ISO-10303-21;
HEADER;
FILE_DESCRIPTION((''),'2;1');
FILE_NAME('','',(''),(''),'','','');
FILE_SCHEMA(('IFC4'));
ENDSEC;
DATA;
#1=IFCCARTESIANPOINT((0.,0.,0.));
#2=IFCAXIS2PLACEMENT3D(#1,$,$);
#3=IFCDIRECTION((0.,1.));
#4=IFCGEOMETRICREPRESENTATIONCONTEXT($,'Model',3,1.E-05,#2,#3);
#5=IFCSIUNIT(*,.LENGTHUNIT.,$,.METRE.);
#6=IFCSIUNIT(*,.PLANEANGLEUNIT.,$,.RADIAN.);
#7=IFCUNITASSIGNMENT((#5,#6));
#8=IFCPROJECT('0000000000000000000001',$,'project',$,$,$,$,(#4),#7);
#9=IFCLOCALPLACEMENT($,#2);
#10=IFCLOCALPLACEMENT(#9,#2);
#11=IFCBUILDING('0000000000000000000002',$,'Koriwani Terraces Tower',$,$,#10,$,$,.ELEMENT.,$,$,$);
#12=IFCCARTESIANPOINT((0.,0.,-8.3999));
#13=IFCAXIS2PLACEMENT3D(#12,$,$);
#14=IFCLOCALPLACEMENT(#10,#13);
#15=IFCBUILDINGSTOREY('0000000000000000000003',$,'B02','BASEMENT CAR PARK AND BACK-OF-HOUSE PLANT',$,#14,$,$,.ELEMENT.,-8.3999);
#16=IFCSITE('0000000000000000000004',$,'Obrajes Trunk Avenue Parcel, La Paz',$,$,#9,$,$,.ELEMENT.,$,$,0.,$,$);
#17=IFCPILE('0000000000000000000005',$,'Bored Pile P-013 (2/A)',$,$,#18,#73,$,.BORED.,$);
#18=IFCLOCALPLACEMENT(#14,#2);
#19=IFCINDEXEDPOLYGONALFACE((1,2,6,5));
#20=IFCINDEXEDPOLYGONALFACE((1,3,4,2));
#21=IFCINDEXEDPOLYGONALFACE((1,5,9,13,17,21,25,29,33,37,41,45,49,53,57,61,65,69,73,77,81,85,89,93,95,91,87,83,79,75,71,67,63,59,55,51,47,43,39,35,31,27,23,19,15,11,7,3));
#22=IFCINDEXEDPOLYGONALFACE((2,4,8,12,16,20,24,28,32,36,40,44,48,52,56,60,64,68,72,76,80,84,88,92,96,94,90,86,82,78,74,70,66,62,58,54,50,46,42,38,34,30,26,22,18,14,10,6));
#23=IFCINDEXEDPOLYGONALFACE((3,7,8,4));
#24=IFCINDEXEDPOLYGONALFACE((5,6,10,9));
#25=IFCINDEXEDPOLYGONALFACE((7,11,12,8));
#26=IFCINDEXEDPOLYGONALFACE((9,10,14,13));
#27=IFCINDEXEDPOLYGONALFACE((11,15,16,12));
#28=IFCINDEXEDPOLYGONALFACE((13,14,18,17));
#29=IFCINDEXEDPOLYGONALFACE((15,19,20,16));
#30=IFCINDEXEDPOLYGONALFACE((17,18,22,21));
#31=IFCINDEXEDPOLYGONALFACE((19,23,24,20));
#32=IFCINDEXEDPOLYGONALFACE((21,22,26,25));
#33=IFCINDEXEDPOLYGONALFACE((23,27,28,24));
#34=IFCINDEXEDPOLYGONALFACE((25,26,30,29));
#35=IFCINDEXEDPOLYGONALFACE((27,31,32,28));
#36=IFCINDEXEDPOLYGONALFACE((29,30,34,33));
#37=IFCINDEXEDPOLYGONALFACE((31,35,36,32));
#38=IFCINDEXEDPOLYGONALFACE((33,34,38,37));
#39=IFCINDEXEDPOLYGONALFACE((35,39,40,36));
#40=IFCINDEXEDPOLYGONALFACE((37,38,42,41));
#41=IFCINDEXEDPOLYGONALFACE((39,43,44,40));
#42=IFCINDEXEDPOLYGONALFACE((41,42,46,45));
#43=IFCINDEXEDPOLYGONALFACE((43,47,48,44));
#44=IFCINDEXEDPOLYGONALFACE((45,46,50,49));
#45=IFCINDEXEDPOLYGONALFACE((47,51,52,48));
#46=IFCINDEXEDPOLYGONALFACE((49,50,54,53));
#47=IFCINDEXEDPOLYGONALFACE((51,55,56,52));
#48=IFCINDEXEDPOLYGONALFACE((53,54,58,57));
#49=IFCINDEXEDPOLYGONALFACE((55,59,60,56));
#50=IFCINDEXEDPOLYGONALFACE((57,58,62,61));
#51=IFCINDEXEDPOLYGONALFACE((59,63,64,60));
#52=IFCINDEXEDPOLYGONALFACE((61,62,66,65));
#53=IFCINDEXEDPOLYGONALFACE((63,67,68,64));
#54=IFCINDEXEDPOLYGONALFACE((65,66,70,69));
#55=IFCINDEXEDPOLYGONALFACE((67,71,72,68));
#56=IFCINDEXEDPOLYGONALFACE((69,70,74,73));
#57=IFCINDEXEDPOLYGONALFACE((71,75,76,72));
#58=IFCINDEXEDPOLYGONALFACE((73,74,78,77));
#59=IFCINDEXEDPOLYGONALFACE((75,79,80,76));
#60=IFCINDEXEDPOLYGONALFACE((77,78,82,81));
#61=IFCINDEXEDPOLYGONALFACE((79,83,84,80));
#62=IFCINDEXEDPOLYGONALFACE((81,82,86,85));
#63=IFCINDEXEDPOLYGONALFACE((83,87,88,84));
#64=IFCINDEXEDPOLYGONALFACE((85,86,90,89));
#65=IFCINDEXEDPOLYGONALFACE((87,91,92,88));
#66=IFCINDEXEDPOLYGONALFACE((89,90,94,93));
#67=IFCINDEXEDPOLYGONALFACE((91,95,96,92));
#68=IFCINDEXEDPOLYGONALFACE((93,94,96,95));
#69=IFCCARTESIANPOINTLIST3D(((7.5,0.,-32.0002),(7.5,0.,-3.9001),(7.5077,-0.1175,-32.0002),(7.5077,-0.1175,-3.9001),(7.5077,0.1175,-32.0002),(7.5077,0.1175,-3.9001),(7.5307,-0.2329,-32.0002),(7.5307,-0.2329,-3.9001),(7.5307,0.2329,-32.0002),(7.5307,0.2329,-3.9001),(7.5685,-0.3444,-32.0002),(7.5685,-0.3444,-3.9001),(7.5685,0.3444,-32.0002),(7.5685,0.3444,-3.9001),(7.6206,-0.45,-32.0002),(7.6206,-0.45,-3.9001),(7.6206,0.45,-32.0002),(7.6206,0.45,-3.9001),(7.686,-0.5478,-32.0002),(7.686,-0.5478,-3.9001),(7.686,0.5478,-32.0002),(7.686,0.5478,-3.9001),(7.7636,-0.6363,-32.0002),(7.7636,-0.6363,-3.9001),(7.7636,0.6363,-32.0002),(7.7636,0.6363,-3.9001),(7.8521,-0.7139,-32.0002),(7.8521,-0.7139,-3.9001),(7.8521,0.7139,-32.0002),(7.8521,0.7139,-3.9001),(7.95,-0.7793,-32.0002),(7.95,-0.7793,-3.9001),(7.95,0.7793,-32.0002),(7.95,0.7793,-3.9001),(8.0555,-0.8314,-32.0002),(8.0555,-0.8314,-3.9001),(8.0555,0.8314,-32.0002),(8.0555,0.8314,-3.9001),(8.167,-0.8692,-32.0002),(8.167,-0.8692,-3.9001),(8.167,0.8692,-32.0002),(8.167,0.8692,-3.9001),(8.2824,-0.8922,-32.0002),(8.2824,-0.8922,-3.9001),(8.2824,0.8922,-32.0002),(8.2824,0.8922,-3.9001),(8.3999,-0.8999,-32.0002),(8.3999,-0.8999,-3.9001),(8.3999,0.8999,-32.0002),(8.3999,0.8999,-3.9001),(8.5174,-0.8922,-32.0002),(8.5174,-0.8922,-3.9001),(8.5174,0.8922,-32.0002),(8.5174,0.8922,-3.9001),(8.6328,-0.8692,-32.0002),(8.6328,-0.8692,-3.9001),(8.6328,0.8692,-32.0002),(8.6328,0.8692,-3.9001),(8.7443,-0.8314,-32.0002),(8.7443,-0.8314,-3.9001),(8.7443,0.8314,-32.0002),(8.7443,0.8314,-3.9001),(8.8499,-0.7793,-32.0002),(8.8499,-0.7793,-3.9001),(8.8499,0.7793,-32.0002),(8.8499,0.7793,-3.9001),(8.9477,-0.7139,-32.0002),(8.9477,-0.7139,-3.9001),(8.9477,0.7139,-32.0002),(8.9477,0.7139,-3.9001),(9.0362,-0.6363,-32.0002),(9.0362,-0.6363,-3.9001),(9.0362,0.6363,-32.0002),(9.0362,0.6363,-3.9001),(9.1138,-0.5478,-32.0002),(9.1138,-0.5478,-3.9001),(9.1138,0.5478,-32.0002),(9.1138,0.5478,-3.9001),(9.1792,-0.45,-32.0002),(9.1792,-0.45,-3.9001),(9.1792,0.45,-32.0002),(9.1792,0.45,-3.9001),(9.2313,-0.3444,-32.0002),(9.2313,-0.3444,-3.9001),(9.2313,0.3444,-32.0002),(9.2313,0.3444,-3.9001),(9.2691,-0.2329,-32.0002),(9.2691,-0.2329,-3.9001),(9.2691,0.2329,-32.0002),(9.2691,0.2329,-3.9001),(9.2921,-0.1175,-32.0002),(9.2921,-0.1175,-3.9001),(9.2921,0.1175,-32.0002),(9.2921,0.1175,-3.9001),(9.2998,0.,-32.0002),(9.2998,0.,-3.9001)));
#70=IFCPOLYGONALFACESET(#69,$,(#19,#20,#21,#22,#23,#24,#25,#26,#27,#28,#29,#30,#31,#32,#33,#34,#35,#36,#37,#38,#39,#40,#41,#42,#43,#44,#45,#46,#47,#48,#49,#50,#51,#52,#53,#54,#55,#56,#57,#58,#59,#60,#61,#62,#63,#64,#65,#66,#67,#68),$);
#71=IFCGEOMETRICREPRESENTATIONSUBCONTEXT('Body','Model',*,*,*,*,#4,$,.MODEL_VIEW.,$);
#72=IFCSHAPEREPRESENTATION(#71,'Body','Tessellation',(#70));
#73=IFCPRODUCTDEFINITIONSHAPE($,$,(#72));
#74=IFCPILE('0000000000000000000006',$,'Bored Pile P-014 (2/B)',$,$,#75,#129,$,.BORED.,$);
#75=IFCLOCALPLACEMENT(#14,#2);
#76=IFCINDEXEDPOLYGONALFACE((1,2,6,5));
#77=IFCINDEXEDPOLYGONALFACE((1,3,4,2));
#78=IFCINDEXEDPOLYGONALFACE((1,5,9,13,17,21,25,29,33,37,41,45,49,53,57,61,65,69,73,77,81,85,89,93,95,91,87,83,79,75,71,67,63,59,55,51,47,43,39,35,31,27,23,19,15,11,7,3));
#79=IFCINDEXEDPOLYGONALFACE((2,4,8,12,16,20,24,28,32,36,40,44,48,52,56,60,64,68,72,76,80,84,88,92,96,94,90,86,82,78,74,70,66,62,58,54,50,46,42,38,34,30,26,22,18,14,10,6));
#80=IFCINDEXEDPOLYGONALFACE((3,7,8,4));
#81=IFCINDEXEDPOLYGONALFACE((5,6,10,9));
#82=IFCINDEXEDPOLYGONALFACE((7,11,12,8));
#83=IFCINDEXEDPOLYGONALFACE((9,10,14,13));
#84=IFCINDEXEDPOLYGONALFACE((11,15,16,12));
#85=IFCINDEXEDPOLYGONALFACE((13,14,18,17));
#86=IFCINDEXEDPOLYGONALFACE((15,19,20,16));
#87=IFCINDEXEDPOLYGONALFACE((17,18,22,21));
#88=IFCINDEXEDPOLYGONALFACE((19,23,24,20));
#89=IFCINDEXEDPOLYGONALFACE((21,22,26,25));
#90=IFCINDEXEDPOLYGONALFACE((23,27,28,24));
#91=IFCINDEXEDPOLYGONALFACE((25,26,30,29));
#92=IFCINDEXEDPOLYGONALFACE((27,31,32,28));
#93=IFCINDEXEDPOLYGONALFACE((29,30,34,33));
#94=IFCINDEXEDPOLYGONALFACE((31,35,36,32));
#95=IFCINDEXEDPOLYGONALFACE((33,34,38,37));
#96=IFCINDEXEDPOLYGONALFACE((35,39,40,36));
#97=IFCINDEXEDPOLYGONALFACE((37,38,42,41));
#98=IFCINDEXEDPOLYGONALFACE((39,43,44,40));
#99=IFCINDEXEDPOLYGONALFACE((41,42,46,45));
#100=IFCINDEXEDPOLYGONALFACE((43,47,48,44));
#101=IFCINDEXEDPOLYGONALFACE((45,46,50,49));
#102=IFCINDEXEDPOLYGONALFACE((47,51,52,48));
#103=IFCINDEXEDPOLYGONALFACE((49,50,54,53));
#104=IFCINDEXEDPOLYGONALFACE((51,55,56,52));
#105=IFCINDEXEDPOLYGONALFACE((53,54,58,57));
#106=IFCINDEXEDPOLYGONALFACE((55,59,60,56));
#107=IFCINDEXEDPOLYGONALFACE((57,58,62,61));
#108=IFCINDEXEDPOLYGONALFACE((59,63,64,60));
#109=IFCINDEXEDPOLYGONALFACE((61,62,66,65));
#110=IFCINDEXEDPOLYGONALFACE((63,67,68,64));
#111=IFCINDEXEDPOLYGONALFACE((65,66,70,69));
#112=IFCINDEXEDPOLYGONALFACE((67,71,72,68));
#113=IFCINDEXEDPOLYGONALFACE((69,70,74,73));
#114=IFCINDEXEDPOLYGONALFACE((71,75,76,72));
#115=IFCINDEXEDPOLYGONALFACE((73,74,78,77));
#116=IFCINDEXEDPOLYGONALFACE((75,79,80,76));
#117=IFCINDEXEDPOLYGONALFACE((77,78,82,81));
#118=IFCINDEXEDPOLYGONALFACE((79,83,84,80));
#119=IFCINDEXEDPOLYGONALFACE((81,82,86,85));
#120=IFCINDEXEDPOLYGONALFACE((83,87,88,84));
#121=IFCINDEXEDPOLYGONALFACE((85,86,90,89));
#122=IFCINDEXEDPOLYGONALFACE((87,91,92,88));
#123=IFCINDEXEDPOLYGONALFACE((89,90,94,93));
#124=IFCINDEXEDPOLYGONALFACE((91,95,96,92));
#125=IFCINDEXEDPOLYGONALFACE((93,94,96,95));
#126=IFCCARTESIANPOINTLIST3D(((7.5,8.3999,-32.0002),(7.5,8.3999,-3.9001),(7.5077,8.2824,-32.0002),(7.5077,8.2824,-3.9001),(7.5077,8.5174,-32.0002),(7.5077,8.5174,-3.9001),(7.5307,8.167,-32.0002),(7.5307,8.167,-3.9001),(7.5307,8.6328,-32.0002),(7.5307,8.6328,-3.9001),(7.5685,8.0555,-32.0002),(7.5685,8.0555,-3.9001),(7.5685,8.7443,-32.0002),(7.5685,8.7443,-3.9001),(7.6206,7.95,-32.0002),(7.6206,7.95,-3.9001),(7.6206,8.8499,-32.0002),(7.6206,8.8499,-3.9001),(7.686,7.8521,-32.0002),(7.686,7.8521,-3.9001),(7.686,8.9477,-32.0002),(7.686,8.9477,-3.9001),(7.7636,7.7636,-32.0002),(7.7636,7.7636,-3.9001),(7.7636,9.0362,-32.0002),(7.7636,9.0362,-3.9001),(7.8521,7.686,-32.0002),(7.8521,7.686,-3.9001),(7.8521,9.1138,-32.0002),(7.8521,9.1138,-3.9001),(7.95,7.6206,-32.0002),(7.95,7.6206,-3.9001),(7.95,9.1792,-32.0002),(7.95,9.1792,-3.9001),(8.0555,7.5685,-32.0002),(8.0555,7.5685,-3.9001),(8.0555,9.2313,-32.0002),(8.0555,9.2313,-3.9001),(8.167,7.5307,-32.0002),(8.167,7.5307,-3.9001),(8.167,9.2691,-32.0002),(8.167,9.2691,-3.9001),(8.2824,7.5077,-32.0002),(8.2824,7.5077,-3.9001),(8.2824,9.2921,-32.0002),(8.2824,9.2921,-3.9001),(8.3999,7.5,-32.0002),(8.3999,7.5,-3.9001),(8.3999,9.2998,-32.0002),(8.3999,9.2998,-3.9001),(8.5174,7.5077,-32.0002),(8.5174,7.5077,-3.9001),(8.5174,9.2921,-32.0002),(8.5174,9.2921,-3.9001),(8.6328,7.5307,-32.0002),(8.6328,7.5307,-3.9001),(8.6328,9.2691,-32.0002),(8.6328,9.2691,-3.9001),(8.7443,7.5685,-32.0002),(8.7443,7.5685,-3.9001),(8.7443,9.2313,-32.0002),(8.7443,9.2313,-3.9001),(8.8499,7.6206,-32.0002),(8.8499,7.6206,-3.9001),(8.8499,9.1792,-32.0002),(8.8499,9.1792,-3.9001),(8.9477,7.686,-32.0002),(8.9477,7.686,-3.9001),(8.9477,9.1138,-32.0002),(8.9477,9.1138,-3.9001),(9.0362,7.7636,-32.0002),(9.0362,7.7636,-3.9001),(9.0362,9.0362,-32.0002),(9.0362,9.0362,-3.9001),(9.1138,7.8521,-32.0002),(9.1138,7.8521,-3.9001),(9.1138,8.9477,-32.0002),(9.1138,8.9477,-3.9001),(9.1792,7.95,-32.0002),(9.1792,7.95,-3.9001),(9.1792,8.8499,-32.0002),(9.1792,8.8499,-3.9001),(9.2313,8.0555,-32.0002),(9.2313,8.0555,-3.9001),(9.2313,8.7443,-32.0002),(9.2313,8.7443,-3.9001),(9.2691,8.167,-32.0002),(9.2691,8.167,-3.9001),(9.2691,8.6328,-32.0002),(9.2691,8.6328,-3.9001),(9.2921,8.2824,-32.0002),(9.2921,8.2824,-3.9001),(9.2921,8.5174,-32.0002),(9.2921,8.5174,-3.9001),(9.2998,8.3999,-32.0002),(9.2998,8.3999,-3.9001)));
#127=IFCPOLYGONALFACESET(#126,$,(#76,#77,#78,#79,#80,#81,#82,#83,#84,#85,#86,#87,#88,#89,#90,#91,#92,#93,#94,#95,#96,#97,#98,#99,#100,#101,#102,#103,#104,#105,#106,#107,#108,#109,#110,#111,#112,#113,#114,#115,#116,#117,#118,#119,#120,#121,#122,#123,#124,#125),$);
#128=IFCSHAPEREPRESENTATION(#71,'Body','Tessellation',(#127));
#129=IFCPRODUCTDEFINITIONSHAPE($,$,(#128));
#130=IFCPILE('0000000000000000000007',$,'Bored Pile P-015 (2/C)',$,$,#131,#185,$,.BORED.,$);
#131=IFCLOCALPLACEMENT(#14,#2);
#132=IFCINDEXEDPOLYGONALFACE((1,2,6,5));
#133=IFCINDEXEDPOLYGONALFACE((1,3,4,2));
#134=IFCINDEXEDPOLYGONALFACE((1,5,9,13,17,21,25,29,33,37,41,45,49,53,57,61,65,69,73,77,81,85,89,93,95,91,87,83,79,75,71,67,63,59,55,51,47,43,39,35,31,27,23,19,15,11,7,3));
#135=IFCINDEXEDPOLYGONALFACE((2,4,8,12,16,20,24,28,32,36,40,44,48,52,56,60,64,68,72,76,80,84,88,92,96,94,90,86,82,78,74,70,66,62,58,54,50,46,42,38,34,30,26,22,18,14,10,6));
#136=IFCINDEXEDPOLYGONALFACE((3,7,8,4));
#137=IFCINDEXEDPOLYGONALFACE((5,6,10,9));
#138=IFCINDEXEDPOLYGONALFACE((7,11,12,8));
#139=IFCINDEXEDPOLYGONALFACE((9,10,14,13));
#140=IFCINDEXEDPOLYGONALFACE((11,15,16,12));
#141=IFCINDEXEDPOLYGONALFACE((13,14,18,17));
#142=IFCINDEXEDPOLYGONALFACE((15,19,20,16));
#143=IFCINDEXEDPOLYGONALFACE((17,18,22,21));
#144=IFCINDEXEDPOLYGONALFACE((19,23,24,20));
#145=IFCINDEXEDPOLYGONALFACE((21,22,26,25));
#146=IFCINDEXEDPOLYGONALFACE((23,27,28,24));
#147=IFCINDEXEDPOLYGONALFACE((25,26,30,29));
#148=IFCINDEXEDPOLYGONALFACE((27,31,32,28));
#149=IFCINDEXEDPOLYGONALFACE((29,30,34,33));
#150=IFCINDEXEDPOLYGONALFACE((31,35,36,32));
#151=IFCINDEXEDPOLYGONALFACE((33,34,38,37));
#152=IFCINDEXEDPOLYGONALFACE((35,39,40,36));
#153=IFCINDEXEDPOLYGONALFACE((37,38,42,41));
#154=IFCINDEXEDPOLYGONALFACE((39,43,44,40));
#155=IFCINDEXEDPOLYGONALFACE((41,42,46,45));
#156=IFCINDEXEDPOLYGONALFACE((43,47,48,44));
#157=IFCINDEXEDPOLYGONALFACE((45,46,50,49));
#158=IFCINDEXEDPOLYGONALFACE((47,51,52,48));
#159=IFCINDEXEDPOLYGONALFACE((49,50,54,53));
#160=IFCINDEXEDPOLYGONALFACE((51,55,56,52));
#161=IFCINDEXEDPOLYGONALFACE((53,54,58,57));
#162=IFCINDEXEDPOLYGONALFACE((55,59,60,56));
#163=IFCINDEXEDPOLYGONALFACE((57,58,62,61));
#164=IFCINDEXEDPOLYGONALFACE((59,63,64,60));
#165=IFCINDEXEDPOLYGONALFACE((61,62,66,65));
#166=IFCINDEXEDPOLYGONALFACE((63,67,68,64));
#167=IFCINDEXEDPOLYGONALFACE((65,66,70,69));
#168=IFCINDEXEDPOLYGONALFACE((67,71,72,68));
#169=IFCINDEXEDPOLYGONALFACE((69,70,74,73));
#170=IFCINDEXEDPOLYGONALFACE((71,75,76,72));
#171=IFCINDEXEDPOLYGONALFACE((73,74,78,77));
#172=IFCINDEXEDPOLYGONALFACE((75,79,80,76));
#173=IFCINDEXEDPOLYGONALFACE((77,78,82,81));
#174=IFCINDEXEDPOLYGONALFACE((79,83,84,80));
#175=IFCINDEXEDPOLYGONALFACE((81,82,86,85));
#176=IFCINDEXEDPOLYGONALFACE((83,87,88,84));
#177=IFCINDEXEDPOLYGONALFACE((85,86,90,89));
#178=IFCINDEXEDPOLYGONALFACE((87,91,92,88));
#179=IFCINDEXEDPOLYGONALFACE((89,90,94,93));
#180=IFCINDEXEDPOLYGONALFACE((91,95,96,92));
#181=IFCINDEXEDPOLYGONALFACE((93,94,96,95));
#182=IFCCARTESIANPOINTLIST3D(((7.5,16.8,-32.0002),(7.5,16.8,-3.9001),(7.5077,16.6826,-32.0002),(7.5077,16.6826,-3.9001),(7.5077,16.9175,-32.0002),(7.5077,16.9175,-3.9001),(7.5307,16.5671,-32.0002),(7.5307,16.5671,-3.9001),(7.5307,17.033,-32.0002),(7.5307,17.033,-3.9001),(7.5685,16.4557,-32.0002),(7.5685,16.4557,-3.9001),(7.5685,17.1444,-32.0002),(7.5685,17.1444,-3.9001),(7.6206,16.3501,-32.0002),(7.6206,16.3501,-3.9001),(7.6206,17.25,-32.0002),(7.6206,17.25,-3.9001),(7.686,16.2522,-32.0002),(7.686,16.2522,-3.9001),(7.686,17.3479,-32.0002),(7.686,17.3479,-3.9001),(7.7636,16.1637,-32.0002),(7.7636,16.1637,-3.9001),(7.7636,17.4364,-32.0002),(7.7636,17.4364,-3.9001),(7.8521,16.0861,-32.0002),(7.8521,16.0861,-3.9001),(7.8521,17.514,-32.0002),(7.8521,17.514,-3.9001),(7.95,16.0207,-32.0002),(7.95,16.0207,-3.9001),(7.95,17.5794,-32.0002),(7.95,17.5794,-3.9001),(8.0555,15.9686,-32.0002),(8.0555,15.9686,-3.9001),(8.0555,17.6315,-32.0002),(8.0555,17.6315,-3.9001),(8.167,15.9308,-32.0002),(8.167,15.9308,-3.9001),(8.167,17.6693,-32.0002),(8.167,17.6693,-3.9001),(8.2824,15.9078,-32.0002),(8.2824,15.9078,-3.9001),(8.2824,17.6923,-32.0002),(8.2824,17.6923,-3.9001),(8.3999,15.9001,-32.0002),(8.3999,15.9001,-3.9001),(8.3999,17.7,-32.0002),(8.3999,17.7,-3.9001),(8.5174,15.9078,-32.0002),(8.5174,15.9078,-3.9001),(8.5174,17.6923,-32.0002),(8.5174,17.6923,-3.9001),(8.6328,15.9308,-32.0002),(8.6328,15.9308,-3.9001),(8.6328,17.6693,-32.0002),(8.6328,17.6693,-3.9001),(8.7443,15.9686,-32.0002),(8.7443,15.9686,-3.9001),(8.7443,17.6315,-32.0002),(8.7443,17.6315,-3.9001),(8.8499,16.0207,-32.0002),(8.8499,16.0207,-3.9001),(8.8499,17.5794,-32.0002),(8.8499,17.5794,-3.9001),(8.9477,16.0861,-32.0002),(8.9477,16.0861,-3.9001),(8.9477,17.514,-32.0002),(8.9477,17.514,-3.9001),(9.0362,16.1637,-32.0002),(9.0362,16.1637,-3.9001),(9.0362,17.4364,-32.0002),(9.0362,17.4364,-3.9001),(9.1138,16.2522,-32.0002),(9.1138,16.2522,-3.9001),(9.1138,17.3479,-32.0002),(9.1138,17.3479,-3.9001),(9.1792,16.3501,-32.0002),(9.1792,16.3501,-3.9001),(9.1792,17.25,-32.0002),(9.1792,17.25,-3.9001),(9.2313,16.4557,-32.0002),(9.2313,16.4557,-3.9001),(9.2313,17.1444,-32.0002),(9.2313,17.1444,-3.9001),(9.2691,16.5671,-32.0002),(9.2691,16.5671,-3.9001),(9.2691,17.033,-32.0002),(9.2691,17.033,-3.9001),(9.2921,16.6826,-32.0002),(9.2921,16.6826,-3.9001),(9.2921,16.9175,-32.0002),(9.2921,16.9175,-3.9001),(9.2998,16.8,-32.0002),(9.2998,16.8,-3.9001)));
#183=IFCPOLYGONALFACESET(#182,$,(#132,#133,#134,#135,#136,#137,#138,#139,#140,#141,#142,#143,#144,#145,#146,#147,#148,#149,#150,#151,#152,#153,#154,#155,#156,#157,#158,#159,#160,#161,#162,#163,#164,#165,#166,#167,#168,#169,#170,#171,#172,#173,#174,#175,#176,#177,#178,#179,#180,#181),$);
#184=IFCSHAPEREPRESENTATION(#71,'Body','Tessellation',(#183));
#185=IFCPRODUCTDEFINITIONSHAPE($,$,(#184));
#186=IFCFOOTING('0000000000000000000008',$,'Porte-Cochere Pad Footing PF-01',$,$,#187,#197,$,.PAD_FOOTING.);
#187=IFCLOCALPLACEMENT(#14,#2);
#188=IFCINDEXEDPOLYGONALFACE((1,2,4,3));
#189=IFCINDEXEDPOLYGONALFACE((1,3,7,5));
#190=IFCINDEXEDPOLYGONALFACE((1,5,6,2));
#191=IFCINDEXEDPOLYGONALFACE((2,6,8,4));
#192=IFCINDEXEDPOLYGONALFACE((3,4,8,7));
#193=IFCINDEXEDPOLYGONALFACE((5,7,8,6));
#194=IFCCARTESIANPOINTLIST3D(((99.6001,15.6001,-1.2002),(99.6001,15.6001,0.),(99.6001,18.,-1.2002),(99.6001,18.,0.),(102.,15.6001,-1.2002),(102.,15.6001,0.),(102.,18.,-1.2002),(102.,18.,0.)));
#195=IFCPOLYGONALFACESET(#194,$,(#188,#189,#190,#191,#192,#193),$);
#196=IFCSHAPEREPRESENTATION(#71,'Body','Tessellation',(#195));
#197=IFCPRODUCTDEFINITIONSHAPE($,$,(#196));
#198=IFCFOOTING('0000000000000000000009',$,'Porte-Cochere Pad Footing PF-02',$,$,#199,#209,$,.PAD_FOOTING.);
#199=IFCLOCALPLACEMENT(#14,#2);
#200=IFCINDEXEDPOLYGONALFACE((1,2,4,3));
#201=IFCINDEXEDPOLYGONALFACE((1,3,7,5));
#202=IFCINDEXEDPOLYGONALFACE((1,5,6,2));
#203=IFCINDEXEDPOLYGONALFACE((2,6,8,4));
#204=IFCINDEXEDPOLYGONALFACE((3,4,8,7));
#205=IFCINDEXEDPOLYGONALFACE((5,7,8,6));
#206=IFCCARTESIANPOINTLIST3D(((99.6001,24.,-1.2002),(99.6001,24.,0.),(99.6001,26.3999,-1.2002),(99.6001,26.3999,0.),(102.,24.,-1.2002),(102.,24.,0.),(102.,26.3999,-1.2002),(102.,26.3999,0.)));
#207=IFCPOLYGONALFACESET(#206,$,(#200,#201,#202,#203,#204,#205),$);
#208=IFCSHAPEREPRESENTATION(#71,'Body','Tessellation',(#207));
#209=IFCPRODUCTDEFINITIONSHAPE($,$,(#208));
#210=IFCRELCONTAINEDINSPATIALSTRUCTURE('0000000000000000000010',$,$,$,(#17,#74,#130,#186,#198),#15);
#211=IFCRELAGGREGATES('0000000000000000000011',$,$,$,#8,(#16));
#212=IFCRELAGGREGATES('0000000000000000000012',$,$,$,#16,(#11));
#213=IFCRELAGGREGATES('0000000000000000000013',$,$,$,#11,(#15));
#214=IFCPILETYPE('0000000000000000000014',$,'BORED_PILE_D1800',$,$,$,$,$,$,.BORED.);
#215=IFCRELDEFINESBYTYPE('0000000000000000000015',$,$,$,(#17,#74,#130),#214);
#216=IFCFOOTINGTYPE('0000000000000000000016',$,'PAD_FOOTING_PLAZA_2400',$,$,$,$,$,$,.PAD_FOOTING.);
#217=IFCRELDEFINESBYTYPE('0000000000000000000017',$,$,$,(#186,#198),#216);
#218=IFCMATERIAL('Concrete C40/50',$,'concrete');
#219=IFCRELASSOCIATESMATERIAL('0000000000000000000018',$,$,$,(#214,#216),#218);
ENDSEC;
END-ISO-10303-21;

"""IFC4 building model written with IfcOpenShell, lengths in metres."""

from ifc_helpers import new_model, si_unit, direction, frame, origin, origin_2d, place, context, subcontext, project, spatial, polyline, circle, outline, extrude, material, material_profile, profile_set, type_object, element, save


model = new_model("IFC4")

# Units and contexts
model_context = context("Model", 3, precision=1e-05, world=origin(), true_north=direction((0.0, 1.0)))
body_context = subcontext(model_context, "Body", "Model", "MODEL_VIEW")
ifc_project = project(units=[si_unit("LENGTHUNIT", "METRE"), si_unit("PLANEANGLEUNIT", "RADIAN")], contexts=[model_context])

# Site, building, storey
site_placement = place(None, origin())
site = spatial("IfcSite", under=ifc_project, at=site_placement, Name="Obrajes Trunk Avenue Parcel, La Paz", CompositionType="ELEMENT", RefElevation=0.0)
building_placement = place(site_placement, origin())
building = spatial("IfcBuilding", under=site, at=building_placement, Name="Koriwani Terraces Tower", CompositionType="ELEMENT")
storey_placement = place(building_placement, frame((0.0, 0.0, -8.3999)))
storey = spatial("IfcBuildingStorey", under=building, at=storey_placement, Name="B02", Description="BASEMENT CAR PARK AND BACK-OF-HOUSE PLANT", CompositionType="ELEMENT", Elevation=-8.3999)

# Piles
ifc_material_1 = material(Name="Concrete C40/50", Category="concrete")
ifc_material_profile_1 = material_profile(ifc_material_1, circle(Radius=0.8999, at=origin_2d()), Name="Concrete C40/50")
ifc_profile_set_1 = profile_set([ifc_material_profile_1], Name="Concrete C40/50")
pile_type = type_object("IfcPileType", Name="BORED_PILE_D1800", PredefinedType="BORED", material=ifc_profile_set_1)
for number, where, z_axis, x_axis, name in (
    (1, (8.3999, 0.0, -3.9001), (0.0, 0.0, -1.0), (1.0, 0.0, 0.0), "Bored Pile P-013 (2/A)"),
    (2, (8.3999, 8.3999, -3.9001), (0.0, 0.0, -1.0), (1.0, 0.0, 0.0), "Bored Pile P-014 (2/B)"),
    (3, (8.3999, 16.8, -3.9001), (0.0, 0.0, -1.0), (1.0, 0.0, 0.0), "Bored Pile P-015 (2/C)"),
):
    element("IfcPile", number, at=place(storey_placement, frame(where, z_axis=z_axis, x_axis=x_axis)), inside=storey, type_object=pile_type, Name=name, PredefinedType="BORED", context=body_context, shape_type="SweptSolid", body=[
        extrude(circle(Radius=0.8999, at=origin_2d()), origin(), (0.0, 0.0, 1.0), 28.1001),
    ])

# Footings
footing_type_1 = type_object("IfcFootingType", Name="PAD_FOOTING_PLAZA_2400", PredefinedType="PAD_FOOTING", material=ifc_material_1)
footing_1_placement = place(storey_placement, frame((0.0, 0.0, -1.2002)))
element("IfcFooting", 4, at=footing_1_placement, inside=storey, type_object=footing_type_1, Name="Porte-Cochere Pad Footing PF-01", PredefinedType="PAD_FOOTING", context=body_context, shape_type="SweptSolid", body=[
    extrude(outline(polyline([(99.6001, 15.6001), (102.0, 15.6001), (102.0, 18.0), (99.6001, 18.0), (99.6001, 15.6001)])), origin(), (0.0, 0.0, 1.0), 1.2002),
])
footing_2_placement = place(storey_placement, frame((0.0, 0.0, -1.2002)))
element("IfcFooting", 5, at=footing_2_placement, inside=storey, type_object=footing_type_1, Name="Porte-Cochere Pad Footing PF-02", PredefinedType="PAD_FOOTING", context=body_context, shape_type="SweptSolid", body=[
    extrude(outline(polyline([(99.6001, 24.0), (102.0, 24.0), (102.0, 26.3999), (99.6001, 26.3999), (99.6001, 24.0)])), origin(), (0.0, 0.0, 1.0), 1.2002),
])

save(model, "model.ifc")
